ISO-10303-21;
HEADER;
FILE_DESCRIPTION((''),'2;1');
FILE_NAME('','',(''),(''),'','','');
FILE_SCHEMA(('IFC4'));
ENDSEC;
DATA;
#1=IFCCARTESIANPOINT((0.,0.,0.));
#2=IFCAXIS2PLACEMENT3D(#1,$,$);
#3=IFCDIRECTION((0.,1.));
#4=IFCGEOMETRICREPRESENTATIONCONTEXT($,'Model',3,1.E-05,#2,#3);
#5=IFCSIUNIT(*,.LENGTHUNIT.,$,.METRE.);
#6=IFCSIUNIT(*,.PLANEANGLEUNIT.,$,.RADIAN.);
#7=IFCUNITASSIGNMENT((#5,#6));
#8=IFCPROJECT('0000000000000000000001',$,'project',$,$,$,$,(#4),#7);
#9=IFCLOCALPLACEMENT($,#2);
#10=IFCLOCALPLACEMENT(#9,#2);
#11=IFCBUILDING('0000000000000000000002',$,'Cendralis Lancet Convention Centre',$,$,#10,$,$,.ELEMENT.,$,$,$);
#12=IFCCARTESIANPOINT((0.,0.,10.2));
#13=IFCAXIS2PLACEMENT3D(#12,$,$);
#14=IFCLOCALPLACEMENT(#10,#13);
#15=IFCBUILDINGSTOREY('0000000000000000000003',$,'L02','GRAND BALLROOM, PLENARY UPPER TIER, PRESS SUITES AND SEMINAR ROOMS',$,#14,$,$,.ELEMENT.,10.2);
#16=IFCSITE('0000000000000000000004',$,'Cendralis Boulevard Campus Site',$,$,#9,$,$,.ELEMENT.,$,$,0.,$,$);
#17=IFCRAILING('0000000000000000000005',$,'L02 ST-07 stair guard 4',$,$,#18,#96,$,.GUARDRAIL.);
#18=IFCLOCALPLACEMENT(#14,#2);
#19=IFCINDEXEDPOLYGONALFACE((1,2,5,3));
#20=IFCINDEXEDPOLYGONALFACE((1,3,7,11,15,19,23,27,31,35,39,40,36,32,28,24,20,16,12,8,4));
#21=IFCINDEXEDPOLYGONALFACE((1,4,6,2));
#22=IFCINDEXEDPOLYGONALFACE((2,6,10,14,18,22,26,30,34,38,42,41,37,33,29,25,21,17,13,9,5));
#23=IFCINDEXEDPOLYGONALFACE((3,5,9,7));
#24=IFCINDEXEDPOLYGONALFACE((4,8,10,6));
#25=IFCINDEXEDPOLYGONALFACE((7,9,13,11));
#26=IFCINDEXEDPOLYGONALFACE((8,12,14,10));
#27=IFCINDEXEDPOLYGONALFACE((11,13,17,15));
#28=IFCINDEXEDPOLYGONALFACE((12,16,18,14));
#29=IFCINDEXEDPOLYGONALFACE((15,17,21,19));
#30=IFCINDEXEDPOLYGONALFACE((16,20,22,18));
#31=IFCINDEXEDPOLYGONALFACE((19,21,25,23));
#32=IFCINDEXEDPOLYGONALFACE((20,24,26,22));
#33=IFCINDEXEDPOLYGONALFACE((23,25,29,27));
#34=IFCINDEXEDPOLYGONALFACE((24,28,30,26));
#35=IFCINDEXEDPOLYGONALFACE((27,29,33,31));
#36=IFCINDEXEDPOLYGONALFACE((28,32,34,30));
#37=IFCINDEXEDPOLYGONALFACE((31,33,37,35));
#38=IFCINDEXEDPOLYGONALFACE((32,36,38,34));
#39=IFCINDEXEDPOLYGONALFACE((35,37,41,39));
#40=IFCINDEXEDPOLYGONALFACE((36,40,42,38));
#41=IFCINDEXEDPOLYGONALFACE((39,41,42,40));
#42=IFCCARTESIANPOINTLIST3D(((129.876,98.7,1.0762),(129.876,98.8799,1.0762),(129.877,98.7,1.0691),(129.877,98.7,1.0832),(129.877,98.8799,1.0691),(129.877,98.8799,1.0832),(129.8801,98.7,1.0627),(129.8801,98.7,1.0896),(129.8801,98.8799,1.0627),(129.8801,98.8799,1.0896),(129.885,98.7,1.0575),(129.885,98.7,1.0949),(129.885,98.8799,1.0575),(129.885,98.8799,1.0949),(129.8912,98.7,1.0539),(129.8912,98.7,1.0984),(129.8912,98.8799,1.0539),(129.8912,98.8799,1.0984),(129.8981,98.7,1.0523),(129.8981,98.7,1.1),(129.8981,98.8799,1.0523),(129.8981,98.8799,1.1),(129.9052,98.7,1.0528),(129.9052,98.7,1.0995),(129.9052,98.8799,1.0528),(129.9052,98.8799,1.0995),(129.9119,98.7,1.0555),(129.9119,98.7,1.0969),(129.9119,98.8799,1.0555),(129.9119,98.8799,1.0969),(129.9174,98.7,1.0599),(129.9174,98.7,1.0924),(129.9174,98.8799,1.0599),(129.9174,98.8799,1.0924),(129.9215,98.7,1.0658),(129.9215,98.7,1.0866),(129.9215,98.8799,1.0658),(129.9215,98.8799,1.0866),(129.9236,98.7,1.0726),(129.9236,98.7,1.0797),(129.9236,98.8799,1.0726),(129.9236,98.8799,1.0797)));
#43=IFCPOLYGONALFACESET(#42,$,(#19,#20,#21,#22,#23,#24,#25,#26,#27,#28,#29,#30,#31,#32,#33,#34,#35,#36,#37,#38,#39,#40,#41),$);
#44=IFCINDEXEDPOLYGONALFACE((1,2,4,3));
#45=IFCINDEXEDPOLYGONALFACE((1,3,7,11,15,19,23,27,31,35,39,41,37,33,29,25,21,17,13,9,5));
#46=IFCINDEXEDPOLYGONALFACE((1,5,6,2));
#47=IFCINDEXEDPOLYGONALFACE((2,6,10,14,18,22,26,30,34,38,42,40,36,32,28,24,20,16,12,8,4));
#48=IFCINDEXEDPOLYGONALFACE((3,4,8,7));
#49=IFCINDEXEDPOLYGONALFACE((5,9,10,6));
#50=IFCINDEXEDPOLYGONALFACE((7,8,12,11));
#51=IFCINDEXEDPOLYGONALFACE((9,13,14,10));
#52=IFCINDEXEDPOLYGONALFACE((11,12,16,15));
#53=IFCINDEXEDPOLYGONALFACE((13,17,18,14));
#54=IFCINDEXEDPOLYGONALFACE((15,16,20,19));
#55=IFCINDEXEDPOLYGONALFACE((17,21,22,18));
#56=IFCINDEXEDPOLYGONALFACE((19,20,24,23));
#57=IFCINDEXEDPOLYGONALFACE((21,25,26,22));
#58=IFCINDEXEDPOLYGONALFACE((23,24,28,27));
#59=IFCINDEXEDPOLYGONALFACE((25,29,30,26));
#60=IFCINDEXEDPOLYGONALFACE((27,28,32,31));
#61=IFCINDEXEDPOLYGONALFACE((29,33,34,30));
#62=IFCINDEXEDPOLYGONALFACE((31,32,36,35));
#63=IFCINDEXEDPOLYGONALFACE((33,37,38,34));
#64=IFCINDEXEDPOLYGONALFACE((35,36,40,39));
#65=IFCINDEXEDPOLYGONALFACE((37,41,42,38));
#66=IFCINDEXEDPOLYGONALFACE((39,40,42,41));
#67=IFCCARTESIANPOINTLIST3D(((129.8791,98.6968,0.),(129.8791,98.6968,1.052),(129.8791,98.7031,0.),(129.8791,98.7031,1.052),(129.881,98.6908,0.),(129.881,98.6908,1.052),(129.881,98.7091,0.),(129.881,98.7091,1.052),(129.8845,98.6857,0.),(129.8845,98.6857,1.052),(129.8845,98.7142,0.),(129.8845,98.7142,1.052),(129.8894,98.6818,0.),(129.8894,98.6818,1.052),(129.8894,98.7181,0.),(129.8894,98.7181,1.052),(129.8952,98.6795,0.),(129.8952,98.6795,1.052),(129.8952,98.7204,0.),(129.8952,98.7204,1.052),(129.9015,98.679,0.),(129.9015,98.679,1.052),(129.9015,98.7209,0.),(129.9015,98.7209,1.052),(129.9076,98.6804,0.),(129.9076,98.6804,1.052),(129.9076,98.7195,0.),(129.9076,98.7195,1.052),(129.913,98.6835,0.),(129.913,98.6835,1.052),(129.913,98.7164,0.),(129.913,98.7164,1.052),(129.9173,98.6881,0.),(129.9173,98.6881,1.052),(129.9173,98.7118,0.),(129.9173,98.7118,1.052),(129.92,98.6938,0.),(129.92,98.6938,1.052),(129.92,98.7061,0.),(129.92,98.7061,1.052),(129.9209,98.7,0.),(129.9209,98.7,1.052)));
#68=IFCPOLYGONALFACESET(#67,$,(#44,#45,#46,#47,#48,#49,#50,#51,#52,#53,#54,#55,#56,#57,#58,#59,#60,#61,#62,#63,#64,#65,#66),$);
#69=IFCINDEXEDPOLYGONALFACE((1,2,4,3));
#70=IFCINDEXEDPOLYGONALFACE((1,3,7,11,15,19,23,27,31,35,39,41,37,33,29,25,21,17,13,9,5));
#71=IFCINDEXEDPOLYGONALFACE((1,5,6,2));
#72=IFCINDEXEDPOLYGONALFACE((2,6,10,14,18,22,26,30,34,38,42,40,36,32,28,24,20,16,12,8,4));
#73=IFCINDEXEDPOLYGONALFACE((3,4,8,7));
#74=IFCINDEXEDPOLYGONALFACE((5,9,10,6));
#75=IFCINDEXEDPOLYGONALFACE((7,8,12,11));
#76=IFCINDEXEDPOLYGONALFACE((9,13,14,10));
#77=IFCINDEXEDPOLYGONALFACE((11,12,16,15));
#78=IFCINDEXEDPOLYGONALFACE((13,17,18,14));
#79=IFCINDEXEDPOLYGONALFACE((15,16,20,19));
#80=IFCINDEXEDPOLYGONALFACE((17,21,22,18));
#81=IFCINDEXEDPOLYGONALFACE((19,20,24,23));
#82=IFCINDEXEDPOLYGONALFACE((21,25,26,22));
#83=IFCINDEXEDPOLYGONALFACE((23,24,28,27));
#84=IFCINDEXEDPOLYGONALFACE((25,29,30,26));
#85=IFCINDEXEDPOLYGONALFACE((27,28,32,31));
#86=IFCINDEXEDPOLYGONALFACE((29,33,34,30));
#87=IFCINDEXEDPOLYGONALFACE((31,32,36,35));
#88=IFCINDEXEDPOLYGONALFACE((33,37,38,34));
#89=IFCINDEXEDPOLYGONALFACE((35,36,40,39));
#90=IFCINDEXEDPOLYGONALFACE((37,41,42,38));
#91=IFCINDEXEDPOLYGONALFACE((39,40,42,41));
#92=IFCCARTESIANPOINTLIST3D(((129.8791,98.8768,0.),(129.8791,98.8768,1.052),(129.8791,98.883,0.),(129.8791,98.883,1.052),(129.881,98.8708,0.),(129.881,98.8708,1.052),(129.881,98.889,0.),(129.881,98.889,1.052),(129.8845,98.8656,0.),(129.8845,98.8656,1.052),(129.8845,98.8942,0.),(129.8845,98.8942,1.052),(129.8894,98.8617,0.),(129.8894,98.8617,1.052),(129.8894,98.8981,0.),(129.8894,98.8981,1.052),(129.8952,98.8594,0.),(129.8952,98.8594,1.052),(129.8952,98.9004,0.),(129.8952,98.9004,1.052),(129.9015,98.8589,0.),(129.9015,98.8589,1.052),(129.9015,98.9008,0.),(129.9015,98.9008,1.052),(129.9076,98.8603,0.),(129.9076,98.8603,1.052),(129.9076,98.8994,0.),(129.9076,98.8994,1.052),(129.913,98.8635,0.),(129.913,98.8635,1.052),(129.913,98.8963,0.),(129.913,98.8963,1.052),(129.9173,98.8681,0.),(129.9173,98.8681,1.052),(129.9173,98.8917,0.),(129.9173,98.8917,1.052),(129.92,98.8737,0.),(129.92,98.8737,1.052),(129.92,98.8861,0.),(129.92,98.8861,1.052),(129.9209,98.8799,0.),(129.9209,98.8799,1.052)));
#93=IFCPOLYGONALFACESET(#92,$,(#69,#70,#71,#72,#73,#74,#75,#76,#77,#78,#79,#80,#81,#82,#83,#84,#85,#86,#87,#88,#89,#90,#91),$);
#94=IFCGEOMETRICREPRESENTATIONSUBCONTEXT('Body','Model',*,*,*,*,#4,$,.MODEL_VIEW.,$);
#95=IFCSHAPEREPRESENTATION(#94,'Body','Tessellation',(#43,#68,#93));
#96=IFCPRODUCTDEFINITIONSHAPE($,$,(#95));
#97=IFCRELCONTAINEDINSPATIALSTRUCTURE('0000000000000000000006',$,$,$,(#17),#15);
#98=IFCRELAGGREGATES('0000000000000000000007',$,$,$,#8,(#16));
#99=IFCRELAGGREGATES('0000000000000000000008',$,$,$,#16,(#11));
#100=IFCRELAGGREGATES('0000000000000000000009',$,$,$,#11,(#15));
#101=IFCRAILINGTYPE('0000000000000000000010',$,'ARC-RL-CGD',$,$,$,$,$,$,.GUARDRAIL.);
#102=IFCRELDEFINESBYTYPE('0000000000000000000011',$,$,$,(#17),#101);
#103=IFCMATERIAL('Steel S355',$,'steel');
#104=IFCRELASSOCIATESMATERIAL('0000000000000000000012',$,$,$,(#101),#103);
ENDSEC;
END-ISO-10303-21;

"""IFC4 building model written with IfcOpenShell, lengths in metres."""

from ifc_helpers import new_model, si_unit, direction, frame, origin, origin_2d, place, context, subcontext, project, spatial, circle, extrude, material, type_object, element, save


model = new_model("IFC4")

# Units and contexts
model_context = context("Model", 3, precision=1e-05, world=origin(), true_north=direction((0.0, 1.0)))
body_context = subcontext(model_context, "Body", "Model", "MODEL_VIEW")
ifc_project = project(units=[si_unit("LENGTHUNIT", "METRE"), si_unit("PLANEANGLEUNIT", "RADIAN")], contexts=[model_context])

# Site, building, storey
site_placement = place(None, origin())
site = spatial("IfcSite", under=ifc_project, at=site_placement, Name="Cendralis Boulevard Campus Site", CompositionType="ELEMENT", RefElevation=0.0)
building_placement = place(site_placement, origin())
building = spatial("IfcBuilding", under=site, at=building_placement, Name="Cendralis Lancet Convention Centre", CompositionType="ELEMENT")
storey_placement = place(building_placement, frame((0.0, 0.0, 10.2)))
storey = spatial("IfcBuildingStorey", under=building, at=storey_placement, Name="L02", Description="GRAND BALLROOM, PLENARY UPPER TIER, PRESS SUITES AND SEMINAR ROOMS", CompositionType="ELEMENT", Elevation=10.2)

# Shared definitions
ifc_material_1 = material(Name="Steel S355", Category="steel")

# Railing
railing_type_1 = type_object("IfcRailingType", Name="ARC-RL-CGD", PredefinedType="GUARDRAIL", material=ifc_material_1)
railing_1_placement = place(storey_placement, frame((129.8999, 98.7, 0.0)))
element("IfcRailing", 1, at=railing_1_placement, inside=storey, type_object=railing_type_1, Name="L02 ST-07 stair guard 4", PredefinedType="GUARDRAIL", context=body_context, shape_type="SweptSolid", body=[
    extrude(circle(Radius=0.0239, at=origin_2d()), frame((0.0, 0.0, 1.0762), z_axis=(0.0, 1.0, 0.0), x_axis=(-1.0, 0.0, 0.0)), (0.0, 0.0, 1.0), 0.1799),
    extrude(circle(Radius=0.021, at=origin_2d()), origin(), (0.0, 0.0, 1.0), 1.052),
    extrude(circle(Radius=0.021, at=origin_2d()), frame((0.0, 0.1799, 0.0)), (0.0, 0.0, 1.0), 1.052),
])

save(model, "model.ifc")
